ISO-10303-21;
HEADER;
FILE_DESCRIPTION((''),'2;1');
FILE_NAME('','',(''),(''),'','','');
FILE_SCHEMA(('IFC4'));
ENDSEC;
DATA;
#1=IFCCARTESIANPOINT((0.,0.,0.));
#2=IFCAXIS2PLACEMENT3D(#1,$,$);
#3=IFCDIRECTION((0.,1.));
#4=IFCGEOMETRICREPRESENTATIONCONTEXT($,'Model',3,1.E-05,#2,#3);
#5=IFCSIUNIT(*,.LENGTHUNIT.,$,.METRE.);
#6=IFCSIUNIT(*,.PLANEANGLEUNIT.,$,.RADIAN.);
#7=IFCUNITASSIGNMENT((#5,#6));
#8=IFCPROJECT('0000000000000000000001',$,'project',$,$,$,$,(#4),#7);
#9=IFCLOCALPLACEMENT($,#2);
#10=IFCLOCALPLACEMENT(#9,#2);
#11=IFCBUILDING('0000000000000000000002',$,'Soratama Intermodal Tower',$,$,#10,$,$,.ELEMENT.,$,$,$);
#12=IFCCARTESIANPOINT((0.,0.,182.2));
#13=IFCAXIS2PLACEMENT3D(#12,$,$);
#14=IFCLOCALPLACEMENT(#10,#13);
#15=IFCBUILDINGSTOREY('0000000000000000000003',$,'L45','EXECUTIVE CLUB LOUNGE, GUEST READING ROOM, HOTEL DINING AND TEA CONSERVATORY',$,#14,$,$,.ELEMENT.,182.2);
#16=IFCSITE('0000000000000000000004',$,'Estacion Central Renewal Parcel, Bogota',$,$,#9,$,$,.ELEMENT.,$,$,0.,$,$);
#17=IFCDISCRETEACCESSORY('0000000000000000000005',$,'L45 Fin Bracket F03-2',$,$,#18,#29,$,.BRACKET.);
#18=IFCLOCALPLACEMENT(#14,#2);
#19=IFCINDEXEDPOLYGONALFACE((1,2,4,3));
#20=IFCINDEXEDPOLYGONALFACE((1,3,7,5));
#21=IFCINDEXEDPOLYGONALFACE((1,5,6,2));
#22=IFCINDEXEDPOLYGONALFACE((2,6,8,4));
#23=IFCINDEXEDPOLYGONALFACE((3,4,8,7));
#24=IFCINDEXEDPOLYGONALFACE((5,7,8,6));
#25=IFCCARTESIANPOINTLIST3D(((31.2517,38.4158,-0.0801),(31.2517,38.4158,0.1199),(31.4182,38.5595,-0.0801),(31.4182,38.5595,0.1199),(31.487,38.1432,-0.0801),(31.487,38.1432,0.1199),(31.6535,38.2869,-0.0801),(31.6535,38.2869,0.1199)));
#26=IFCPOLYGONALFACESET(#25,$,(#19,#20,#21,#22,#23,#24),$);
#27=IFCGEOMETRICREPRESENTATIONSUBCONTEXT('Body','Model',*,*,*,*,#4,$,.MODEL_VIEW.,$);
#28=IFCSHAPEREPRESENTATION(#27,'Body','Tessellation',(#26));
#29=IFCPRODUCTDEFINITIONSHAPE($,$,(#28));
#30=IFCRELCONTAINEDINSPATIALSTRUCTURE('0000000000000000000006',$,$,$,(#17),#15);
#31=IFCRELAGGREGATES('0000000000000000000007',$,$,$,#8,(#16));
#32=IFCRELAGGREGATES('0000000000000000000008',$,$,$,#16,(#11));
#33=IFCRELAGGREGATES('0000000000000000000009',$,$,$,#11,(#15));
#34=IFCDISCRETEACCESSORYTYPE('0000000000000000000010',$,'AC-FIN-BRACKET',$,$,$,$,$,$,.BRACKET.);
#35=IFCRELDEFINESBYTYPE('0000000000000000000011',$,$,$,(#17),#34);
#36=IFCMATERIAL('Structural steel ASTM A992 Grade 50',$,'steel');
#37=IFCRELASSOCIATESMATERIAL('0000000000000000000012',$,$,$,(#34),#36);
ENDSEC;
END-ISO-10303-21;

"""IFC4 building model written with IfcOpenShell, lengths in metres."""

from ifc_helpers import new_model, si_unit, direction, frame, origin, origin_2d, place, context, subcontext, project, spatial, rectangle, extrude, material, type_object, element, save


model = new_model("IFC4")

# Units and contexts
model_context = context("Model", 3, precision=1e-05, world=origin(), true_north=direction((0.0, 1.0)))
body_context = subcontext(model_context, "Body", "Model", "MODEL_VIEW")
ifc_project = project(units=[si_unit("LENGTHUNIT", "METRE"), si_unit("PLANEANGLEUNIT", "RADIAN")], contexts=[model_context])

# Site, building, storey
site_placement = place(None, origin())
site = spatial("IfcSite", under=ifc_project, at=site_placement, Name="Estacion Central Renewal Parcel, Bogota", CompositionType="ELEMENT", RefElevation=0.0)
building_placement = place(site_placement, origin())
building = spatial("IfcBuilding", under=site, at=building_placement, Name="Soratama Intermodal Tower", CompositionType="ELEMENT")
storey_placement = place(building_placement, frame((0.0, 0.0, 182.2)))
storey = spatial("IfcBuildingStorey", under=building, at=storey_placement, Name="L45", Description="EXECUTIVE CLUB LOUNGE, GUEST READING ROOM, HOTEL DINING AND TEA CONSERVATORY", CompositionType="ELEMENT", Elevation=182.2)

# Discrete accessory
ifc_material_1 = material(Name="Structural steel ASTM A992 Grade 50", Category="steel")
discrete_accessory_type = type_object("IfcDiscreteAccessoryType", Name="AC-FIN-BRACKET", PredefinedType="BRACKET", material=ifc_material_1)
discrete_accessory_placement = place(storey_placement, frame((31.4526, 38.3513, -0.0801), z_axis=(0.0, 0.0, 1.0), x_axis=(-0.653421, 0.756995, 0.0)))
element("IfcDiscreteAccessory", 1, at=discrete_accessory_placement, inside=storey, type_object=discrete_accessory_type, Name="L45 Fin Bracket F03-2", PredefinedType="BRACKET", context=body_context, shape_type="SweptSolid", body=[
    extrude(rectangle(XDim=0.3601, YDim=0.22, at=origin_2d()), origin(), (0.0, 0.0, 1.0), 0.2),
])

save(model, "model.ifc")
